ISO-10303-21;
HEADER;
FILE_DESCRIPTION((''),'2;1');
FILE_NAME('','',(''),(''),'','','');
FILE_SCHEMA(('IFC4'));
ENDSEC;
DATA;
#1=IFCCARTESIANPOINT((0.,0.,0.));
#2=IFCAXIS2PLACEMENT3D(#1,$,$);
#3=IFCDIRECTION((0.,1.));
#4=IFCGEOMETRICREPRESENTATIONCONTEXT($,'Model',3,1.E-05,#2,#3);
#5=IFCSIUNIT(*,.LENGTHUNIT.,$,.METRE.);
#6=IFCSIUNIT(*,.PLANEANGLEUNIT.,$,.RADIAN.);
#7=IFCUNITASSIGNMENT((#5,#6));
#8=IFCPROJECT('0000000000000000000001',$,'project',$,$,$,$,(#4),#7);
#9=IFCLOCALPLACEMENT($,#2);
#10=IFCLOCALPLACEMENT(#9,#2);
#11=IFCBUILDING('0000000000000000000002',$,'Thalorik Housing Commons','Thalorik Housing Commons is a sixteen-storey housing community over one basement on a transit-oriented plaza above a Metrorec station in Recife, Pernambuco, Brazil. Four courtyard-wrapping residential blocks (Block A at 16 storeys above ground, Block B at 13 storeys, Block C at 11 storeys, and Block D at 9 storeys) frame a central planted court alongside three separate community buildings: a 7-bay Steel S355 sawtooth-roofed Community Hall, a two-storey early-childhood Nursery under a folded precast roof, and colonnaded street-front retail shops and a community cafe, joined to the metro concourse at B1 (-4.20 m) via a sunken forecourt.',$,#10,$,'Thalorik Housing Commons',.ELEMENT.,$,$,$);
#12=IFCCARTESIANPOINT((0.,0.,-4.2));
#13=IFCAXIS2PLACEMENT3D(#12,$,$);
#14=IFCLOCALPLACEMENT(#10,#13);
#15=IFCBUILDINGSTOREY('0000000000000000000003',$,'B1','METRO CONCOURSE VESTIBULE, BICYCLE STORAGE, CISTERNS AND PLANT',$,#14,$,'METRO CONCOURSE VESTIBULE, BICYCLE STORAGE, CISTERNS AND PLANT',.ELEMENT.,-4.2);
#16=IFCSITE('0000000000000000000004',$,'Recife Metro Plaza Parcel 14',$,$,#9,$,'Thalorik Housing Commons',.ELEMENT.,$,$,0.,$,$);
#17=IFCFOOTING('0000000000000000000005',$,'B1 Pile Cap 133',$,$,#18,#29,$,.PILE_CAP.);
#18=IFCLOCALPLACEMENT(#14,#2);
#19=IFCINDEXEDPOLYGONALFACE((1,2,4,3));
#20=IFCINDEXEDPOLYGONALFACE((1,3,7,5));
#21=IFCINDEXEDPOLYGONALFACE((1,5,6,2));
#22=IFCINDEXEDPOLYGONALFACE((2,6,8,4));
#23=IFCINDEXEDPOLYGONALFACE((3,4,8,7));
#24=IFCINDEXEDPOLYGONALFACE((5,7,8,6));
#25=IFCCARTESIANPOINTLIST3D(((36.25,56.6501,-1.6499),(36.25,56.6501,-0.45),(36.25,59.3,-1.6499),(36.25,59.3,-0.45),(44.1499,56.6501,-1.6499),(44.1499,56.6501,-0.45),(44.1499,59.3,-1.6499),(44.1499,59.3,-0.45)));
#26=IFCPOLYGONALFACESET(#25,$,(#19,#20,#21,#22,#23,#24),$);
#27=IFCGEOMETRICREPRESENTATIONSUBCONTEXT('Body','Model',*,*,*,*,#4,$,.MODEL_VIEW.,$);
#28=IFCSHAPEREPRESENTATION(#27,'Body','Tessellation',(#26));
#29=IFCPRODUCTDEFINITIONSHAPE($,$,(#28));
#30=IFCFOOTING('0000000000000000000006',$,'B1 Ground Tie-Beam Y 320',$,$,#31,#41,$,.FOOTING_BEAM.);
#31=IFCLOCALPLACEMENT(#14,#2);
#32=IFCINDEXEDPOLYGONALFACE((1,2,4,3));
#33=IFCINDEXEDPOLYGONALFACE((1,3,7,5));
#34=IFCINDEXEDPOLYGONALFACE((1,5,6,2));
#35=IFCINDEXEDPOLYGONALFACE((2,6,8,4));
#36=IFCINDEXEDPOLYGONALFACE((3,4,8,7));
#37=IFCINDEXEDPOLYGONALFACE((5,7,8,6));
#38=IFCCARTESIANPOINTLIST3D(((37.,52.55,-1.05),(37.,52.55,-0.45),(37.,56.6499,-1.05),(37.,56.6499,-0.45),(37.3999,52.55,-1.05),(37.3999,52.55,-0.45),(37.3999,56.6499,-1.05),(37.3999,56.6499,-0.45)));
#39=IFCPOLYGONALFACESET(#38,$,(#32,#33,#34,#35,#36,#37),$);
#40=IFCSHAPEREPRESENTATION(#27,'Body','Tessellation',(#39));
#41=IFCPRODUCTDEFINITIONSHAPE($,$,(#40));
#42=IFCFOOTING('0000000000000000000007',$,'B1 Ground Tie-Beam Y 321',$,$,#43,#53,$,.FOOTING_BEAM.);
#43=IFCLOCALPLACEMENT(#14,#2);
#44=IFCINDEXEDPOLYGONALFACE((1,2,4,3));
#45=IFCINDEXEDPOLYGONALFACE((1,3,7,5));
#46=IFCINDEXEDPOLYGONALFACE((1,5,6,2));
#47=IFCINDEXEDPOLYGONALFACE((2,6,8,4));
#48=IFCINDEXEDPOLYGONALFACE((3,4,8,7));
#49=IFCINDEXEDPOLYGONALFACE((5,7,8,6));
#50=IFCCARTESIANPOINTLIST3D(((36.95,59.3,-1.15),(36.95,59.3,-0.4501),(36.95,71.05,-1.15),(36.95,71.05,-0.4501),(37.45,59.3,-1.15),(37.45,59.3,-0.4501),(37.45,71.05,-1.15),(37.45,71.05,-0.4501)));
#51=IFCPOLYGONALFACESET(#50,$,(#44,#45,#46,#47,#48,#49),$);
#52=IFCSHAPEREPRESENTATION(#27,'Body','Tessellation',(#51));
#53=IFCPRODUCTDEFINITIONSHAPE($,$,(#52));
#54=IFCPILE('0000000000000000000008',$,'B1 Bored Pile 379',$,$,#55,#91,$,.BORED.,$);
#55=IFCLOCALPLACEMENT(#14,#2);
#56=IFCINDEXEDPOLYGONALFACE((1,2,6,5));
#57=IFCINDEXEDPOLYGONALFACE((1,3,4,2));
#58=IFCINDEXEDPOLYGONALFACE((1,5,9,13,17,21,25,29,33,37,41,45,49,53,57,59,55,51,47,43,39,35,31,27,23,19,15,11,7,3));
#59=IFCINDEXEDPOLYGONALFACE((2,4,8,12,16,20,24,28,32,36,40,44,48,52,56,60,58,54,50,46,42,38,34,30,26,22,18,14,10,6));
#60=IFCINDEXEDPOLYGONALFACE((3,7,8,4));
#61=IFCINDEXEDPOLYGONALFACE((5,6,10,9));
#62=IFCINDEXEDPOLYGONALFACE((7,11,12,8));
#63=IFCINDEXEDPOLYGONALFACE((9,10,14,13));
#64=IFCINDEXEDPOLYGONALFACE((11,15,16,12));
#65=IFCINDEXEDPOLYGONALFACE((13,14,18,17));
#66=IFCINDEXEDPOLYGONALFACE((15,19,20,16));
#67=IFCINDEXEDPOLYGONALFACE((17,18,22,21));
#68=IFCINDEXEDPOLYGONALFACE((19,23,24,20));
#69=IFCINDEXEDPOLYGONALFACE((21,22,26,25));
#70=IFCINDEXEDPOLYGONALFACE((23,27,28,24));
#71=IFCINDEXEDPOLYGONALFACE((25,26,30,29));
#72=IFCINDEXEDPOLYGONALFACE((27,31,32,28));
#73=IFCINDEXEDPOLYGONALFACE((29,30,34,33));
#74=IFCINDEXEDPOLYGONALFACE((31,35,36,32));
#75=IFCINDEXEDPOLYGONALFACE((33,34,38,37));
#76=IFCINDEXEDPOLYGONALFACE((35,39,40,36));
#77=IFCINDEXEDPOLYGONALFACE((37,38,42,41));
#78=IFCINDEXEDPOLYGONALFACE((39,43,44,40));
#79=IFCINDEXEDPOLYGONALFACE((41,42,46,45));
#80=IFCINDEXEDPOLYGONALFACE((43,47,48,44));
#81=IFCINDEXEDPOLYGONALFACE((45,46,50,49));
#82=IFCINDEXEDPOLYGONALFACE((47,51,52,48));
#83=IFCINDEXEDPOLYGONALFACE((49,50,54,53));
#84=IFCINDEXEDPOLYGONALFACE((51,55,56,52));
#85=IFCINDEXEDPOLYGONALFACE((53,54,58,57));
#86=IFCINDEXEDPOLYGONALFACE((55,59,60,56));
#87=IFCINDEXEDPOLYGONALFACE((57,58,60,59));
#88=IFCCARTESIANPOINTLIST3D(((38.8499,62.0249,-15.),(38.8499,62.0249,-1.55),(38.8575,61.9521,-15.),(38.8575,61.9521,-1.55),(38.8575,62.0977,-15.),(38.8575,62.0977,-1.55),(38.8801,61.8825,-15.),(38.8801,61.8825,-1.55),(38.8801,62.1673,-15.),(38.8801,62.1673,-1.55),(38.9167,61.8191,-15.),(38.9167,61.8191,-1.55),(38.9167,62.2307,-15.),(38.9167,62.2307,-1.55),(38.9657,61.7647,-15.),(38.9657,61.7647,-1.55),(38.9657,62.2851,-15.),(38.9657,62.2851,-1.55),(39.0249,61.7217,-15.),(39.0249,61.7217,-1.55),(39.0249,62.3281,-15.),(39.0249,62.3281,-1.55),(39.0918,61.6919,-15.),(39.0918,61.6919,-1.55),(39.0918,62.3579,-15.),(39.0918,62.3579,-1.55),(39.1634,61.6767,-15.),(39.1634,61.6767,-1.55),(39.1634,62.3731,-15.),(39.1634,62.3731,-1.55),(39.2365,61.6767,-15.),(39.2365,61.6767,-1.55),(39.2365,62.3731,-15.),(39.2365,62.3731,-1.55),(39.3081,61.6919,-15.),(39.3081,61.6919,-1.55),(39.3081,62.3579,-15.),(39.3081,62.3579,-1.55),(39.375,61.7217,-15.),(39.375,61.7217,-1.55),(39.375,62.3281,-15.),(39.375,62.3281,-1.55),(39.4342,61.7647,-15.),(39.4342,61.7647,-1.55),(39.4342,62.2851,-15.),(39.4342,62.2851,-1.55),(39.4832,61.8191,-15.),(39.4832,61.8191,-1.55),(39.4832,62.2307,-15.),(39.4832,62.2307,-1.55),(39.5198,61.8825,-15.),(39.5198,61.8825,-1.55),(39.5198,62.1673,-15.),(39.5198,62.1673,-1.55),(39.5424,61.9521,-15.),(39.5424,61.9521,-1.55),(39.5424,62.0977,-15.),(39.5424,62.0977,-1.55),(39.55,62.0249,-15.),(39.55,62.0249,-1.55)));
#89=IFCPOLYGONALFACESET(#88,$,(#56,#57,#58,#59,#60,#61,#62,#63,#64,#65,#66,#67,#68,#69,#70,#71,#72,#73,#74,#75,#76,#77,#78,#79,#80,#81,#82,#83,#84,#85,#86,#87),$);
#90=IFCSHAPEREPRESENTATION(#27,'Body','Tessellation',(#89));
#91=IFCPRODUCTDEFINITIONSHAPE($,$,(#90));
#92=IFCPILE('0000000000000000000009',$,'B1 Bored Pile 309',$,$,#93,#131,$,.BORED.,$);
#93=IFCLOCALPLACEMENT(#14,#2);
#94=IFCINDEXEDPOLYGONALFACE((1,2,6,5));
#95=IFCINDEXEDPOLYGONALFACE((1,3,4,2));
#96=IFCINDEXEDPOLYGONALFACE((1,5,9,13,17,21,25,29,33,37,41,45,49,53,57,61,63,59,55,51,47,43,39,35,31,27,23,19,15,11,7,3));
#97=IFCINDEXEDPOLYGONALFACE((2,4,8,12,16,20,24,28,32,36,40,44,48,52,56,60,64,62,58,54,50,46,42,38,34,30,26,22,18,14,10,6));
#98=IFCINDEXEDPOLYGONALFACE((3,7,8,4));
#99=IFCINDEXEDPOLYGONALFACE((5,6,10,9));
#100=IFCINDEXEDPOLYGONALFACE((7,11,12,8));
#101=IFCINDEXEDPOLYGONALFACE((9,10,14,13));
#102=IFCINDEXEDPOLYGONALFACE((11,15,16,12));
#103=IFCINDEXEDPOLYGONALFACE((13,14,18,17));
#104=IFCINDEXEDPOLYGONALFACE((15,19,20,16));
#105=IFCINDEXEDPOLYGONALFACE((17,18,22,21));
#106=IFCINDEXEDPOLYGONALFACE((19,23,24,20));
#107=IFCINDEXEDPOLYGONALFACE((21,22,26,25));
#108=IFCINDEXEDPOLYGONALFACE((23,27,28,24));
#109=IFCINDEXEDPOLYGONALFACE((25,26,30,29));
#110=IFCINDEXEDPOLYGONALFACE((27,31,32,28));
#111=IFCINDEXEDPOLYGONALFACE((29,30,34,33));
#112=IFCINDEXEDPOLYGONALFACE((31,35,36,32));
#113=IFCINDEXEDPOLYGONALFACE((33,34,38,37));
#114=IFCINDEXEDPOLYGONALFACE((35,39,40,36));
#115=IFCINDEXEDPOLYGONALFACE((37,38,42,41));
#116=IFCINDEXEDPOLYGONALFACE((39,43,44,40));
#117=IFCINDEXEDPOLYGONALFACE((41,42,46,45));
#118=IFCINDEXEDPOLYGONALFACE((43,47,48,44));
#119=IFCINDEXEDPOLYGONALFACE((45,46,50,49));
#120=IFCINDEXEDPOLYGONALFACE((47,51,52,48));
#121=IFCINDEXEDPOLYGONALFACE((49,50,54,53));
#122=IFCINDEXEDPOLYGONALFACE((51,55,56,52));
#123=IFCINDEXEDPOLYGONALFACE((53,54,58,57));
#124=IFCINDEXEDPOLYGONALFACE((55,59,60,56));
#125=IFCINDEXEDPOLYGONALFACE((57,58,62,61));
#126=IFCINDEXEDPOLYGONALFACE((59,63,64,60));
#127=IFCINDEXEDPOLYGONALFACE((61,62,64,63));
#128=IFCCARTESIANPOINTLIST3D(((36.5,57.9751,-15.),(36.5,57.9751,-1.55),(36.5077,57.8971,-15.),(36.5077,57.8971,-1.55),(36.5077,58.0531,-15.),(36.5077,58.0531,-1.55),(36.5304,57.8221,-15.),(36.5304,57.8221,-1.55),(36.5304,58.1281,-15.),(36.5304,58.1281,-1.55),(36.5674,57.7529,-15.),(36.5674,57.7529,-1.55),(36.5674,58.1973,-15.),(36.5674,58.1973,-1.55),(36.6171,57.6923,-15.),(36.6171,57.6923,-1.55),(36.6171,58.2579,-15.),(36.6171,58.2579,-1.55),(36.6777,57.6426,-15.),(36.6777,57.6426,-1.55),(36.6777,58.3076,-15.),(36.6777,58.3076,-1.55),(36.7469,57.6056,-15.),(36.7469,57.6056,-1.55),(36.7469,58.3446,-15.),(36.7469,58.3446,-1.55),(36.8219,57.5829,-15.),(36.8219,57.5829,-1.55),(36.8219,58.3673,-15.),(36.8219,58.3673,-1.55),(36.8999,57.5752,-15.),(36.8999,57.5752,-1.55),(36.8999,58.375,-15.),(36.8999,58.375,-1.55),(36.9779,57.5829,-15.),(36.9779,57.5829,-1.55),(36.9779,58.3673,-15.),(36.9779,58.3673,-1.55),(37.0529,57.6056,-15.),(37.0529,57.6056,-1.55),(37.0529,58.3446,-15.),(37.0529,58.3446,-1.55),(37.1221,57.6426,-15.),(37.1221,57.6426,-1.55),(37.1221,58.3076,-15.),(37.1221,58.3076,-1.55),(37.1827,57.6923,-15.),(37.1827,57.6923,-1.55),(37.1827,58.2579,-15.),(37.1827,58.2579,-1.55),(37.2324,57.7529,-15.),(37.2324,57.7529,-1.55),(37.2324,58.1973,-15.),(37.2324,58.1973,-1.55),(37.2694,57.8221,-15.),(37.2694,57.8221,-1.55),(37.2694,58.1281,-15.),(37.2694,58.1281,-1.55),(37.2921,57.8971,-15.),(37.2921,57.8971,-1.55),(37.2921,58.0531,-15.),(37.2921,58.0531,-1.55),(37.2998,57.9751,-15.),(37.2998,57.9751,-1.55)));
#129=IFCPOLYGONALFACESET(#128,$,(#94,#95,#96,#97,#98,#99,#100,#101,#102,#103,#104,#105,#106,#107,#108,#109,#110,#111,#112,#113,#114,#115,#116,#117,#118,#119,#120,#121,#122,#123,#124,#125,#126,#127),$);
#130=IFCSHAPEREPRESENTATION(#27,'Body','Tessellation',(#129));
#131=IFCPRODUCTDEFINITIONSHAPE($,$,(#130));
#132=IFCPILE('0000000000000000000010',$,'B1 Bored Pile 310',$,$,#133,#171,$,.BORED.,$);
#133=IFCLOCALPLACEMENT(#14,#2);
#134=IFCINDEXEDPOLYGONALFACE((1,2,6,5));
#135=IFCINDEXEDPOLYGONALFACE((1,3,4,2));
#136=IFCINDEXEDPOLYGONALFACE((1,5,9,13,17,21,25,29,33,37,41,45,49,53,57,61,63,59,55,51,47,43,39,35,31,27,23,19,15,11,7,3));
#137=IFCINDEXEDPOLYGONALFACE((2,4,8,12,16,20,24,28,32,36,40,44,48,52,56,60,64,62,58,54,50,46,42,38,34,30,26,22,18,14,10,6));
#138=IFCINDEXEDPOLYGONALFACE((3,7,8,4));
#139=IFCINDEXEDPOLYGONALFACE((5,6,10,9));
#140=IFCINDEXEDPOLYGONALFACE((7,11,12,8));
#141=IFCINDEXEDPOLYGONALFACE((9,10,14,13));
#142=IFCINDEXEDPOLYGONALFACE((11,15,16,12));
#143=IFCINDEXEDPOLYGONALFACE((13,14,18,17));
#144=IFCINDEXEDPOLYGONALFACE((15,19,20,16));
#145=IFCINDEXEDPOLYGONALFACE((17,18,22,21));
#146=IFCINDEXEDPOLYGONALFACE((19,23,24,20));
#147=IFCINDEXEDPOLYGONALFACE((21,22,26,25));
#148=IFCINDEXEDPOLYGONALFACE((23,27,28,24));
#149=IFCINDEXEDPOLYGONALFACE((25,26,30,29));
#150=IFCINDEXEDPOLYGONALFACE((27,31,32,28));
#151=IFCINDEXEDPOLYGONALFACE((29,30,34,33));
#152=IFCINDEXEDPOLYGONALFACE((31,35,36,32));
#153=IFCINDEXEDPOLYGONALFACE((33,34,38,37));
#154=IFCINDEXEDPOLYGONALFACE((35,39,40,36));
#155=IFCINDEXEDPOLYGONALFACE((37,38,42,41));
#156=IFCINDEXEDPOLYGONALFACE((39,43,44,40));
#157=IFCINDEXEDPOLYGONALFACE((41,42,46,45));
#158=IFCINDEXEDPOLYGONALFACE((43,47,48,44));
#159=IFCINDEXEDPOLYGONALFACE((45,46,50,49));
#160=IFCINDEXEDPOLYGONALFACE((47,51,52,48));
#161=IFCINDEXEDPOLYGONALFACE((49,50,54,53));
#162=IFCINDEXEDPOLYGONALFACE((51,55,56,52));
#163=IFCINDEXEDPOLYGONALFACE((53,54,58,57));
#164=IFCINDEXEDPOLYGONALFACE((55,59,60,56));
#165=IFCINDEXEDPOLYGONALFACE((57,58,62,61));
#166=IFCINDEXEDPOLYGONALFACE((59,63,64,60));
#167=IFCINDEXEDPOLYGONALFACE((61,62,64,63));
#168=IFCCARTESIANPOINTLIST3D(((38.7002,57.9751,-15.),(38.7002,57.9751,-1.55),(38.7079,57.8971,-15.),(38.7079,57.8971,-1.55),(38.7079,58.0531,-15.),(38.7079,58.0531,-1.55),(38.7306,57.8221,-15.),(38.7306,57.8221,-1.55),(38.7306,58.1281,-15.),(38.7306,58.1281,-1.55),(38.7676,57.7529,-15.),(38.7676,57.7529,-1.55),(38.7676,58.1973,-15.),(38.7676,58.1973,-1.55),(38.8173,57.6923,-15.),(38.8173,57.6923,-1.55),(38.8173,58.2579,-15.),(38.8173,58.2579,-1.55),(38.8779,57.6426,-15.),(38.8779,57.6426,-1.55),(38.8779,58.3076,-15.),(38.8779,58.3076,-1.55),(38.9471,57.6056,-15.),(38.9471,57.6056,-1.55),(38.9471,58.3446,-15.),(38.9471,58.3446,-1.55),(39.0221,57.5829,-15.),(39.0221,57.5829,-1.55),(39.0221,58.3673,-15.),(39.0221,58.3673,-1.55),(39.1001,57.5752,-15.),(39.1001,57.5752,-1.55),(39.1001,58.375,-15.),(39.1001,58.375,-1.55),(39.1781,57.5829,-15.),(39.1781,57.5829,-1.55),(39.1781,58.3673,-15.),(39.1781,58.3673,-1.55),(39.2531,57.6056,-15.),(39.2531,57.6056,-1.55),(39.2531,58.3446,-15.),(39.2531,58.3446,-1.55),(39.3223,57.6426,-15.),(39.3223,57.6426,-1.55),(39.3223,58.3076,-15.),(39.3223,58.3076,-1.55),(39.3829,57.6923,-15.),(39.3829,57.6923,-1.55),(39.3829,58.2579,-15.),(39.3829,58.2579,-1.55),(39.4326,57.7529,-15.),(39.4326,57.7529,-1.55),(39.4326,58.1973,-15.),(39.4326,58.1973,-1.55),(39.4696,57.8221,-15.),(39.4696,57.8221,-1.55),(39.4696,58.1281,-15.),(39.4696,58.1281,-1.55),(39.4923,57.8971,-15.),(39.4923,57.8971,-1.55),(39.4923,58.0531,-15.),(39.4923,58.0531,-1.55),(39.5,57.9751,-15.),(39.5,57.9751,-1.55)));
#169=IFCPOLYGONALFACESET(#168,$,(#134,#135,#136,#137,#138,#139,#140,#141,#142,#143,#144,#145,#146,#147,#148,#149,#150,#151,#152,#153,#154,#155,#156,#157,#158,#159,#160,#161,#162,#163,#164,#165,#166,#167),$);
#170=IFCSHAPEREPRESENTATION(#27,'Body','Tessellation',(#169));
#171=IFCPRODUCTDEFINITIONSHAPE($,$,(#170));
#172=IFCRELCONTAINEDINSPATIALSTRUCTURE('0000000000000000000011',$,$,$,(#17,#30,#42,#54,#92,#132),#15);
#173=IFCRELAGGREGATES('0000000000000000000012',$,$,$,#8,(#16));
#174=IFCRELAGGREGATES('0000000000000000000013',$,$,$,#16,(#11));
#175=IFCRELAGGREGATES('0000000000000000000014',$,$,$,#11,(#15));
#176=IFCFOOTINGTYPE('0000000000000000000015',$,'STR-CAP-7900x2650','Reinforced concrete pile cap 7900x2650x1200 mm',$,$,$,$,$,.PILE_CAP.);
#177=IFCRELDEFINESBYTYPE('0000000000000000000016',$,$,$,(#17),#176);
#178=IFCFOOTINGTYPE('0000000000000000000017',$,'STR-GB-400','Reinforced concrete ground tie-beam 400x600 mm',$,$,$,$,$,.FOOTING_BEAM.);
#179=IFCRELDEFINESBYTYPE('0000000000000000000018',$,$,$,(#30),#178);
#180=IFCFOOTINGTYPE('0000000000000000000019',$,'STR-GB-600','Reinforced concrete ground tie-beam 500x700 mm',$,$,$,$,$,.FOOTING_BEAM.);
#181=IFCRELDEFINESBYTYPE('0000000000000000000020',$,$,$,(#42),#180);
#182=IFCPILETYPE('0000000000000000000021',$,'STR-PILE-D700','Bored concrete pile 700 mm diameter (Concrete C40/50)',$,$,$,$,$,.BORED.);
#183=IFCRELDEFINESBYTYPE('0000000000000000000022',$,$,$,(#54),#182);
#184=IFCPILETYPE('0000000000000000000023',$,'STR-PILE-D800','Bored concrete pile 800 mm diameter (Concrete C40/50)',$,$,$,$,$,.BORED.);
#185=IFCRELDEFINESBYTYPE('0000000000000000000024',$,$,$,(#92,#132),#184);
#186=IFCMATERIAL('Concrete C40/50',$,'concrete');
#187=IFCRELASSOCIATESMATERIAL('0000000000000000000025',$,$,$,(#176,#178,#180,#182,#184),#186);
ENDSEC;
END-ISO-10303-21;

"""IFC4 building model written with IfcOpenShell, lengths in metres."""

from ifc_helpers import new_model, si_unit, direction, frame, origin, origin_2d, place, context, subcontext, project, spatial, rectangle, circle, extrude, material, material_profile, profile_set, type_object, element, save


model = new_model("IFC4")

# Units and contexts
model_context = context("Model", 3, precision=1e-05, world=origin(), true_north=direction((0.0, 1.0)))
body_context = subcontext(model_context, "Body", "Model", "MODEL_VIEW")
ifc_project = project(units=[si_unit("LENGTHUNIT", "METRE"), si_unit("PLANEANGLEUNIT", "RADIAN")], contexts=[model_context])

# Site, building, storey
site_placement = place(None, origin())
site = spatial("IfcSite", under=ifc_project, at=site_placement, Name="Recife Metro Plaza Parcel 14", LongName="Thalorik Housing Commons", CompositionType="ELEMENT", RefElevation=0.0)
building_placement = place(site_placement, origin())
building = spatial("IfcBuilding", under=site, at=building_placement, Name="Thalorik Housing Commons", Description="Thalorik Housing Commons is a sixteen-storey housing community over one basement on a transit-oriented plaza above a Metrorec station in Recife, Pernambuco, Brazil. Four courtyard-wrapping residential blocks (Block A at 16 storeys above ground, Block B at 13 storeys, Block C at 11 storeys, and Block D at 9 storeys) frame a central planted court alongside three separate community buildings: a 7-bay Steel S355 sawtooth-roofed Community Hall, a two-storey early-childhood Nursery under a folded precast roof, and colonnaded street-front retail shops and a community cafe, joined to the metro concourse at B1 (-4.20 m) via a sunken forecourt.", LongName="Thalorik Housing Commons", CompositionType="ELEMENT")
storey_placement = place(building_placement, frame((0.0, 0.0, -4.2)))
storey = spatial("IfcBuildingStorey", under=building, at=storey_placement, Name="B1", Description="METRO CONCOURSE VESTIBULE, BICYCLE STORAGE, CISTERNS AND PLANT", LongName="METRO CONCOURSE VESTIBULE, BICYCLE STORAGE, CISTERNS AND PLANT", CompositionType="ELEMENT", Elevation=-4.2)

# Footings
ifc_material_1 = material(Name="Concrete C40/50", Category="concrete")
footing_type_1 = type_object("IfcFootingType", Name="STR-CAP-7900x2650", Description="Reinforced concrete pile cap 7900x2650x1200 mm", PredefinedType="PILE_CAP", material=ifc_material_1)
footing_1_placement = place(storey_placement, frame((40.2, 57.9751, -1.6499), z_axis=(0.0, 0.0, 1.0), x_axis=(1.0, 0.0, 0.0)))
element("IfcFooting", 1, at=footing_1_placement, inside=storey, type_object=footing_type_1, Name="B1 Pile Cap 133", PredefinedType="PILE_CAP", context=body_context, shape_type="SweptSolid", body=[
    extrude(rectangle(XDim=7.8999, YDim=2.6499, at=origin_2d()), origin(), (0.0, 0.0, 1.0), 1.2),
])
ifc_material_profile_1 = material_profile(ifc_material_1, rectangle(XDim=0.3999, YDim=0.6001, at=origin_2d()), Name="RC 400x600", Category="concrete")
ifc_profile_set_1 = profile_set([ifc_material_profile_1], Name="Concrete C40/50")
footing_type_2 = type_object("IfcFootingType", Name="STR-GB-400", Description="Reinforced concrete ground tie-beam 400x600 mm", PredefinedType="FOOTING_BEAM", material=ifc_profile_set_1)
footing_2_placement = place(storey_placement, frame((37.2, 52.55, -0.75), z_axis=(0.0, 1.0, 0.0), x_axis=(-1.0, 0.0, 0.0)))
element("IfcFooting", 2, at=footing_2_placement, inside=storey, type_object=footing_type_2, Name="B1 Ground Tie-Beam Y 320", PredefinedType="FOOTING_BEAM", context=body_context, shape_type="SweptSolid", body=[
    extrude(rectangle(XDim=0.3999, YDim=0.6001, at=origin_2d()), origin(), (0.0, 0.0, 1.0), 4.0999),
])
ifc_material_profile_2 = material_profile(ifc_material_1, rectangle(XDim=0.5, YDim=0.7, at=origin_2d()), Name="RC 500x700", Category="concrete")
ifc_profile_set_2 = profile_set([ifc_material_profile_2], Name="Concrete C40/50")
footing_type_3 = type_object("IfcFootingType", Name="STR-GB-600", Description="Reinforced concrete ground tie-beam 500x700 mm", PredefinedType="FOOTING_BEAM", material=ifc_profile_set_2)
footing_3_placement = place(storey_placement, frame((37.2, 59.3, -0.8), z_axis=(0.0, 1.0, 0.0), x_axis=(-1.0, 0.0, 0.0)))
element("IfcFooting", 3, at=footing_3_placement, inside=storey, type_object=footing_type_3, Name="B1 Ground Tie-Beam Y 321", PredefinedType="FOOTING_BEAM", context=body_context, shape_type="SweptSolid", body=[
    extrude(rectangle(XDim=0.5, YDim=0.7, at=origin_2d()), origin(), (0.0, 0.0, 1.0), 11.75),
])

# Piles
ifc_material_profile_3 = material_profile(ifc_material_1, circle(Radius=0.3501, at=origin_2d()), Name="BORED PILE D700", Category="concrete")
ifc_profile_set_3 = profile_set([ifc_material_profile_3], Name="Concrete C40/50")
pile_type_1 = type_object("IfcPileType", Name="STR-PILE-D700", Description="Bored concrete pile 700 mm diameter (Concrete C40/50)", PredefinedType="BORED", material=ifc_profile_set_3)
pile_placement = place(storey_placement, frame((39.2, 62.0249, -1.55), z_axis=(0.0, 0.0, -1.0), x_axis=(1.0, 0.0, 0.0)))
element("IfcPile", 4, at=pile_placement, inside=storey, type_object=pile_type_1, Name="B1 Bored Pile 379", PredefinedType="BORED", context=body_context, shape_type="SweptSolid", body=[
    extrude(circle(Radius=0.3501, at=origin_2d()), origin(), (0.0, 0.0, 1.0), 13.45),
])
ifc_material_profile_4 = material_profile(ifc_material_1, circle(Radius=0.3999, at=origin_2d()), Name="BORED PILE D800", Category="concrete")
ifc_profile_set_4 = profile_set([ifc_material_profile_4], Name="Concrete C40/50")
pile_type_2 = type_object("IfcPileType", Name="STR-PILE-D800", Description="Bored concrete pile 800 mm diameter (Concrete C40/50)", PredefinedType="BORED", material=ifc_profile_set_4)
for number, where, z_axis, x_axis, name in (
    (5, (36.8999, 57.9751, -1.55), (0.0, 0.0, -1.0), (1.0, 0.0, 0.0), "B1 Bored Pile 309"),
    (6, (39.1001, 57.9751, -1.55), (0.0, 0.0, -1.0), (1.0, 0.0, 0.0), "B1 Bored Pile 310"),
):
    element("IfcPile", number, at=place(storey_placement, frame(where, z_axis=z_axis, x_axis=x_axis)), inside=storey, type_object=pile_type_2, Name=name, PredefinedType="BORED", context=body_context, shape_type="SweptSolid", body=[
        extrude(circle(Radius=0.3999, at=origin_2d()), origin(), (0.0, 0.0, 1.0), 13.45),
    ])

save(model, "model.ifc")
